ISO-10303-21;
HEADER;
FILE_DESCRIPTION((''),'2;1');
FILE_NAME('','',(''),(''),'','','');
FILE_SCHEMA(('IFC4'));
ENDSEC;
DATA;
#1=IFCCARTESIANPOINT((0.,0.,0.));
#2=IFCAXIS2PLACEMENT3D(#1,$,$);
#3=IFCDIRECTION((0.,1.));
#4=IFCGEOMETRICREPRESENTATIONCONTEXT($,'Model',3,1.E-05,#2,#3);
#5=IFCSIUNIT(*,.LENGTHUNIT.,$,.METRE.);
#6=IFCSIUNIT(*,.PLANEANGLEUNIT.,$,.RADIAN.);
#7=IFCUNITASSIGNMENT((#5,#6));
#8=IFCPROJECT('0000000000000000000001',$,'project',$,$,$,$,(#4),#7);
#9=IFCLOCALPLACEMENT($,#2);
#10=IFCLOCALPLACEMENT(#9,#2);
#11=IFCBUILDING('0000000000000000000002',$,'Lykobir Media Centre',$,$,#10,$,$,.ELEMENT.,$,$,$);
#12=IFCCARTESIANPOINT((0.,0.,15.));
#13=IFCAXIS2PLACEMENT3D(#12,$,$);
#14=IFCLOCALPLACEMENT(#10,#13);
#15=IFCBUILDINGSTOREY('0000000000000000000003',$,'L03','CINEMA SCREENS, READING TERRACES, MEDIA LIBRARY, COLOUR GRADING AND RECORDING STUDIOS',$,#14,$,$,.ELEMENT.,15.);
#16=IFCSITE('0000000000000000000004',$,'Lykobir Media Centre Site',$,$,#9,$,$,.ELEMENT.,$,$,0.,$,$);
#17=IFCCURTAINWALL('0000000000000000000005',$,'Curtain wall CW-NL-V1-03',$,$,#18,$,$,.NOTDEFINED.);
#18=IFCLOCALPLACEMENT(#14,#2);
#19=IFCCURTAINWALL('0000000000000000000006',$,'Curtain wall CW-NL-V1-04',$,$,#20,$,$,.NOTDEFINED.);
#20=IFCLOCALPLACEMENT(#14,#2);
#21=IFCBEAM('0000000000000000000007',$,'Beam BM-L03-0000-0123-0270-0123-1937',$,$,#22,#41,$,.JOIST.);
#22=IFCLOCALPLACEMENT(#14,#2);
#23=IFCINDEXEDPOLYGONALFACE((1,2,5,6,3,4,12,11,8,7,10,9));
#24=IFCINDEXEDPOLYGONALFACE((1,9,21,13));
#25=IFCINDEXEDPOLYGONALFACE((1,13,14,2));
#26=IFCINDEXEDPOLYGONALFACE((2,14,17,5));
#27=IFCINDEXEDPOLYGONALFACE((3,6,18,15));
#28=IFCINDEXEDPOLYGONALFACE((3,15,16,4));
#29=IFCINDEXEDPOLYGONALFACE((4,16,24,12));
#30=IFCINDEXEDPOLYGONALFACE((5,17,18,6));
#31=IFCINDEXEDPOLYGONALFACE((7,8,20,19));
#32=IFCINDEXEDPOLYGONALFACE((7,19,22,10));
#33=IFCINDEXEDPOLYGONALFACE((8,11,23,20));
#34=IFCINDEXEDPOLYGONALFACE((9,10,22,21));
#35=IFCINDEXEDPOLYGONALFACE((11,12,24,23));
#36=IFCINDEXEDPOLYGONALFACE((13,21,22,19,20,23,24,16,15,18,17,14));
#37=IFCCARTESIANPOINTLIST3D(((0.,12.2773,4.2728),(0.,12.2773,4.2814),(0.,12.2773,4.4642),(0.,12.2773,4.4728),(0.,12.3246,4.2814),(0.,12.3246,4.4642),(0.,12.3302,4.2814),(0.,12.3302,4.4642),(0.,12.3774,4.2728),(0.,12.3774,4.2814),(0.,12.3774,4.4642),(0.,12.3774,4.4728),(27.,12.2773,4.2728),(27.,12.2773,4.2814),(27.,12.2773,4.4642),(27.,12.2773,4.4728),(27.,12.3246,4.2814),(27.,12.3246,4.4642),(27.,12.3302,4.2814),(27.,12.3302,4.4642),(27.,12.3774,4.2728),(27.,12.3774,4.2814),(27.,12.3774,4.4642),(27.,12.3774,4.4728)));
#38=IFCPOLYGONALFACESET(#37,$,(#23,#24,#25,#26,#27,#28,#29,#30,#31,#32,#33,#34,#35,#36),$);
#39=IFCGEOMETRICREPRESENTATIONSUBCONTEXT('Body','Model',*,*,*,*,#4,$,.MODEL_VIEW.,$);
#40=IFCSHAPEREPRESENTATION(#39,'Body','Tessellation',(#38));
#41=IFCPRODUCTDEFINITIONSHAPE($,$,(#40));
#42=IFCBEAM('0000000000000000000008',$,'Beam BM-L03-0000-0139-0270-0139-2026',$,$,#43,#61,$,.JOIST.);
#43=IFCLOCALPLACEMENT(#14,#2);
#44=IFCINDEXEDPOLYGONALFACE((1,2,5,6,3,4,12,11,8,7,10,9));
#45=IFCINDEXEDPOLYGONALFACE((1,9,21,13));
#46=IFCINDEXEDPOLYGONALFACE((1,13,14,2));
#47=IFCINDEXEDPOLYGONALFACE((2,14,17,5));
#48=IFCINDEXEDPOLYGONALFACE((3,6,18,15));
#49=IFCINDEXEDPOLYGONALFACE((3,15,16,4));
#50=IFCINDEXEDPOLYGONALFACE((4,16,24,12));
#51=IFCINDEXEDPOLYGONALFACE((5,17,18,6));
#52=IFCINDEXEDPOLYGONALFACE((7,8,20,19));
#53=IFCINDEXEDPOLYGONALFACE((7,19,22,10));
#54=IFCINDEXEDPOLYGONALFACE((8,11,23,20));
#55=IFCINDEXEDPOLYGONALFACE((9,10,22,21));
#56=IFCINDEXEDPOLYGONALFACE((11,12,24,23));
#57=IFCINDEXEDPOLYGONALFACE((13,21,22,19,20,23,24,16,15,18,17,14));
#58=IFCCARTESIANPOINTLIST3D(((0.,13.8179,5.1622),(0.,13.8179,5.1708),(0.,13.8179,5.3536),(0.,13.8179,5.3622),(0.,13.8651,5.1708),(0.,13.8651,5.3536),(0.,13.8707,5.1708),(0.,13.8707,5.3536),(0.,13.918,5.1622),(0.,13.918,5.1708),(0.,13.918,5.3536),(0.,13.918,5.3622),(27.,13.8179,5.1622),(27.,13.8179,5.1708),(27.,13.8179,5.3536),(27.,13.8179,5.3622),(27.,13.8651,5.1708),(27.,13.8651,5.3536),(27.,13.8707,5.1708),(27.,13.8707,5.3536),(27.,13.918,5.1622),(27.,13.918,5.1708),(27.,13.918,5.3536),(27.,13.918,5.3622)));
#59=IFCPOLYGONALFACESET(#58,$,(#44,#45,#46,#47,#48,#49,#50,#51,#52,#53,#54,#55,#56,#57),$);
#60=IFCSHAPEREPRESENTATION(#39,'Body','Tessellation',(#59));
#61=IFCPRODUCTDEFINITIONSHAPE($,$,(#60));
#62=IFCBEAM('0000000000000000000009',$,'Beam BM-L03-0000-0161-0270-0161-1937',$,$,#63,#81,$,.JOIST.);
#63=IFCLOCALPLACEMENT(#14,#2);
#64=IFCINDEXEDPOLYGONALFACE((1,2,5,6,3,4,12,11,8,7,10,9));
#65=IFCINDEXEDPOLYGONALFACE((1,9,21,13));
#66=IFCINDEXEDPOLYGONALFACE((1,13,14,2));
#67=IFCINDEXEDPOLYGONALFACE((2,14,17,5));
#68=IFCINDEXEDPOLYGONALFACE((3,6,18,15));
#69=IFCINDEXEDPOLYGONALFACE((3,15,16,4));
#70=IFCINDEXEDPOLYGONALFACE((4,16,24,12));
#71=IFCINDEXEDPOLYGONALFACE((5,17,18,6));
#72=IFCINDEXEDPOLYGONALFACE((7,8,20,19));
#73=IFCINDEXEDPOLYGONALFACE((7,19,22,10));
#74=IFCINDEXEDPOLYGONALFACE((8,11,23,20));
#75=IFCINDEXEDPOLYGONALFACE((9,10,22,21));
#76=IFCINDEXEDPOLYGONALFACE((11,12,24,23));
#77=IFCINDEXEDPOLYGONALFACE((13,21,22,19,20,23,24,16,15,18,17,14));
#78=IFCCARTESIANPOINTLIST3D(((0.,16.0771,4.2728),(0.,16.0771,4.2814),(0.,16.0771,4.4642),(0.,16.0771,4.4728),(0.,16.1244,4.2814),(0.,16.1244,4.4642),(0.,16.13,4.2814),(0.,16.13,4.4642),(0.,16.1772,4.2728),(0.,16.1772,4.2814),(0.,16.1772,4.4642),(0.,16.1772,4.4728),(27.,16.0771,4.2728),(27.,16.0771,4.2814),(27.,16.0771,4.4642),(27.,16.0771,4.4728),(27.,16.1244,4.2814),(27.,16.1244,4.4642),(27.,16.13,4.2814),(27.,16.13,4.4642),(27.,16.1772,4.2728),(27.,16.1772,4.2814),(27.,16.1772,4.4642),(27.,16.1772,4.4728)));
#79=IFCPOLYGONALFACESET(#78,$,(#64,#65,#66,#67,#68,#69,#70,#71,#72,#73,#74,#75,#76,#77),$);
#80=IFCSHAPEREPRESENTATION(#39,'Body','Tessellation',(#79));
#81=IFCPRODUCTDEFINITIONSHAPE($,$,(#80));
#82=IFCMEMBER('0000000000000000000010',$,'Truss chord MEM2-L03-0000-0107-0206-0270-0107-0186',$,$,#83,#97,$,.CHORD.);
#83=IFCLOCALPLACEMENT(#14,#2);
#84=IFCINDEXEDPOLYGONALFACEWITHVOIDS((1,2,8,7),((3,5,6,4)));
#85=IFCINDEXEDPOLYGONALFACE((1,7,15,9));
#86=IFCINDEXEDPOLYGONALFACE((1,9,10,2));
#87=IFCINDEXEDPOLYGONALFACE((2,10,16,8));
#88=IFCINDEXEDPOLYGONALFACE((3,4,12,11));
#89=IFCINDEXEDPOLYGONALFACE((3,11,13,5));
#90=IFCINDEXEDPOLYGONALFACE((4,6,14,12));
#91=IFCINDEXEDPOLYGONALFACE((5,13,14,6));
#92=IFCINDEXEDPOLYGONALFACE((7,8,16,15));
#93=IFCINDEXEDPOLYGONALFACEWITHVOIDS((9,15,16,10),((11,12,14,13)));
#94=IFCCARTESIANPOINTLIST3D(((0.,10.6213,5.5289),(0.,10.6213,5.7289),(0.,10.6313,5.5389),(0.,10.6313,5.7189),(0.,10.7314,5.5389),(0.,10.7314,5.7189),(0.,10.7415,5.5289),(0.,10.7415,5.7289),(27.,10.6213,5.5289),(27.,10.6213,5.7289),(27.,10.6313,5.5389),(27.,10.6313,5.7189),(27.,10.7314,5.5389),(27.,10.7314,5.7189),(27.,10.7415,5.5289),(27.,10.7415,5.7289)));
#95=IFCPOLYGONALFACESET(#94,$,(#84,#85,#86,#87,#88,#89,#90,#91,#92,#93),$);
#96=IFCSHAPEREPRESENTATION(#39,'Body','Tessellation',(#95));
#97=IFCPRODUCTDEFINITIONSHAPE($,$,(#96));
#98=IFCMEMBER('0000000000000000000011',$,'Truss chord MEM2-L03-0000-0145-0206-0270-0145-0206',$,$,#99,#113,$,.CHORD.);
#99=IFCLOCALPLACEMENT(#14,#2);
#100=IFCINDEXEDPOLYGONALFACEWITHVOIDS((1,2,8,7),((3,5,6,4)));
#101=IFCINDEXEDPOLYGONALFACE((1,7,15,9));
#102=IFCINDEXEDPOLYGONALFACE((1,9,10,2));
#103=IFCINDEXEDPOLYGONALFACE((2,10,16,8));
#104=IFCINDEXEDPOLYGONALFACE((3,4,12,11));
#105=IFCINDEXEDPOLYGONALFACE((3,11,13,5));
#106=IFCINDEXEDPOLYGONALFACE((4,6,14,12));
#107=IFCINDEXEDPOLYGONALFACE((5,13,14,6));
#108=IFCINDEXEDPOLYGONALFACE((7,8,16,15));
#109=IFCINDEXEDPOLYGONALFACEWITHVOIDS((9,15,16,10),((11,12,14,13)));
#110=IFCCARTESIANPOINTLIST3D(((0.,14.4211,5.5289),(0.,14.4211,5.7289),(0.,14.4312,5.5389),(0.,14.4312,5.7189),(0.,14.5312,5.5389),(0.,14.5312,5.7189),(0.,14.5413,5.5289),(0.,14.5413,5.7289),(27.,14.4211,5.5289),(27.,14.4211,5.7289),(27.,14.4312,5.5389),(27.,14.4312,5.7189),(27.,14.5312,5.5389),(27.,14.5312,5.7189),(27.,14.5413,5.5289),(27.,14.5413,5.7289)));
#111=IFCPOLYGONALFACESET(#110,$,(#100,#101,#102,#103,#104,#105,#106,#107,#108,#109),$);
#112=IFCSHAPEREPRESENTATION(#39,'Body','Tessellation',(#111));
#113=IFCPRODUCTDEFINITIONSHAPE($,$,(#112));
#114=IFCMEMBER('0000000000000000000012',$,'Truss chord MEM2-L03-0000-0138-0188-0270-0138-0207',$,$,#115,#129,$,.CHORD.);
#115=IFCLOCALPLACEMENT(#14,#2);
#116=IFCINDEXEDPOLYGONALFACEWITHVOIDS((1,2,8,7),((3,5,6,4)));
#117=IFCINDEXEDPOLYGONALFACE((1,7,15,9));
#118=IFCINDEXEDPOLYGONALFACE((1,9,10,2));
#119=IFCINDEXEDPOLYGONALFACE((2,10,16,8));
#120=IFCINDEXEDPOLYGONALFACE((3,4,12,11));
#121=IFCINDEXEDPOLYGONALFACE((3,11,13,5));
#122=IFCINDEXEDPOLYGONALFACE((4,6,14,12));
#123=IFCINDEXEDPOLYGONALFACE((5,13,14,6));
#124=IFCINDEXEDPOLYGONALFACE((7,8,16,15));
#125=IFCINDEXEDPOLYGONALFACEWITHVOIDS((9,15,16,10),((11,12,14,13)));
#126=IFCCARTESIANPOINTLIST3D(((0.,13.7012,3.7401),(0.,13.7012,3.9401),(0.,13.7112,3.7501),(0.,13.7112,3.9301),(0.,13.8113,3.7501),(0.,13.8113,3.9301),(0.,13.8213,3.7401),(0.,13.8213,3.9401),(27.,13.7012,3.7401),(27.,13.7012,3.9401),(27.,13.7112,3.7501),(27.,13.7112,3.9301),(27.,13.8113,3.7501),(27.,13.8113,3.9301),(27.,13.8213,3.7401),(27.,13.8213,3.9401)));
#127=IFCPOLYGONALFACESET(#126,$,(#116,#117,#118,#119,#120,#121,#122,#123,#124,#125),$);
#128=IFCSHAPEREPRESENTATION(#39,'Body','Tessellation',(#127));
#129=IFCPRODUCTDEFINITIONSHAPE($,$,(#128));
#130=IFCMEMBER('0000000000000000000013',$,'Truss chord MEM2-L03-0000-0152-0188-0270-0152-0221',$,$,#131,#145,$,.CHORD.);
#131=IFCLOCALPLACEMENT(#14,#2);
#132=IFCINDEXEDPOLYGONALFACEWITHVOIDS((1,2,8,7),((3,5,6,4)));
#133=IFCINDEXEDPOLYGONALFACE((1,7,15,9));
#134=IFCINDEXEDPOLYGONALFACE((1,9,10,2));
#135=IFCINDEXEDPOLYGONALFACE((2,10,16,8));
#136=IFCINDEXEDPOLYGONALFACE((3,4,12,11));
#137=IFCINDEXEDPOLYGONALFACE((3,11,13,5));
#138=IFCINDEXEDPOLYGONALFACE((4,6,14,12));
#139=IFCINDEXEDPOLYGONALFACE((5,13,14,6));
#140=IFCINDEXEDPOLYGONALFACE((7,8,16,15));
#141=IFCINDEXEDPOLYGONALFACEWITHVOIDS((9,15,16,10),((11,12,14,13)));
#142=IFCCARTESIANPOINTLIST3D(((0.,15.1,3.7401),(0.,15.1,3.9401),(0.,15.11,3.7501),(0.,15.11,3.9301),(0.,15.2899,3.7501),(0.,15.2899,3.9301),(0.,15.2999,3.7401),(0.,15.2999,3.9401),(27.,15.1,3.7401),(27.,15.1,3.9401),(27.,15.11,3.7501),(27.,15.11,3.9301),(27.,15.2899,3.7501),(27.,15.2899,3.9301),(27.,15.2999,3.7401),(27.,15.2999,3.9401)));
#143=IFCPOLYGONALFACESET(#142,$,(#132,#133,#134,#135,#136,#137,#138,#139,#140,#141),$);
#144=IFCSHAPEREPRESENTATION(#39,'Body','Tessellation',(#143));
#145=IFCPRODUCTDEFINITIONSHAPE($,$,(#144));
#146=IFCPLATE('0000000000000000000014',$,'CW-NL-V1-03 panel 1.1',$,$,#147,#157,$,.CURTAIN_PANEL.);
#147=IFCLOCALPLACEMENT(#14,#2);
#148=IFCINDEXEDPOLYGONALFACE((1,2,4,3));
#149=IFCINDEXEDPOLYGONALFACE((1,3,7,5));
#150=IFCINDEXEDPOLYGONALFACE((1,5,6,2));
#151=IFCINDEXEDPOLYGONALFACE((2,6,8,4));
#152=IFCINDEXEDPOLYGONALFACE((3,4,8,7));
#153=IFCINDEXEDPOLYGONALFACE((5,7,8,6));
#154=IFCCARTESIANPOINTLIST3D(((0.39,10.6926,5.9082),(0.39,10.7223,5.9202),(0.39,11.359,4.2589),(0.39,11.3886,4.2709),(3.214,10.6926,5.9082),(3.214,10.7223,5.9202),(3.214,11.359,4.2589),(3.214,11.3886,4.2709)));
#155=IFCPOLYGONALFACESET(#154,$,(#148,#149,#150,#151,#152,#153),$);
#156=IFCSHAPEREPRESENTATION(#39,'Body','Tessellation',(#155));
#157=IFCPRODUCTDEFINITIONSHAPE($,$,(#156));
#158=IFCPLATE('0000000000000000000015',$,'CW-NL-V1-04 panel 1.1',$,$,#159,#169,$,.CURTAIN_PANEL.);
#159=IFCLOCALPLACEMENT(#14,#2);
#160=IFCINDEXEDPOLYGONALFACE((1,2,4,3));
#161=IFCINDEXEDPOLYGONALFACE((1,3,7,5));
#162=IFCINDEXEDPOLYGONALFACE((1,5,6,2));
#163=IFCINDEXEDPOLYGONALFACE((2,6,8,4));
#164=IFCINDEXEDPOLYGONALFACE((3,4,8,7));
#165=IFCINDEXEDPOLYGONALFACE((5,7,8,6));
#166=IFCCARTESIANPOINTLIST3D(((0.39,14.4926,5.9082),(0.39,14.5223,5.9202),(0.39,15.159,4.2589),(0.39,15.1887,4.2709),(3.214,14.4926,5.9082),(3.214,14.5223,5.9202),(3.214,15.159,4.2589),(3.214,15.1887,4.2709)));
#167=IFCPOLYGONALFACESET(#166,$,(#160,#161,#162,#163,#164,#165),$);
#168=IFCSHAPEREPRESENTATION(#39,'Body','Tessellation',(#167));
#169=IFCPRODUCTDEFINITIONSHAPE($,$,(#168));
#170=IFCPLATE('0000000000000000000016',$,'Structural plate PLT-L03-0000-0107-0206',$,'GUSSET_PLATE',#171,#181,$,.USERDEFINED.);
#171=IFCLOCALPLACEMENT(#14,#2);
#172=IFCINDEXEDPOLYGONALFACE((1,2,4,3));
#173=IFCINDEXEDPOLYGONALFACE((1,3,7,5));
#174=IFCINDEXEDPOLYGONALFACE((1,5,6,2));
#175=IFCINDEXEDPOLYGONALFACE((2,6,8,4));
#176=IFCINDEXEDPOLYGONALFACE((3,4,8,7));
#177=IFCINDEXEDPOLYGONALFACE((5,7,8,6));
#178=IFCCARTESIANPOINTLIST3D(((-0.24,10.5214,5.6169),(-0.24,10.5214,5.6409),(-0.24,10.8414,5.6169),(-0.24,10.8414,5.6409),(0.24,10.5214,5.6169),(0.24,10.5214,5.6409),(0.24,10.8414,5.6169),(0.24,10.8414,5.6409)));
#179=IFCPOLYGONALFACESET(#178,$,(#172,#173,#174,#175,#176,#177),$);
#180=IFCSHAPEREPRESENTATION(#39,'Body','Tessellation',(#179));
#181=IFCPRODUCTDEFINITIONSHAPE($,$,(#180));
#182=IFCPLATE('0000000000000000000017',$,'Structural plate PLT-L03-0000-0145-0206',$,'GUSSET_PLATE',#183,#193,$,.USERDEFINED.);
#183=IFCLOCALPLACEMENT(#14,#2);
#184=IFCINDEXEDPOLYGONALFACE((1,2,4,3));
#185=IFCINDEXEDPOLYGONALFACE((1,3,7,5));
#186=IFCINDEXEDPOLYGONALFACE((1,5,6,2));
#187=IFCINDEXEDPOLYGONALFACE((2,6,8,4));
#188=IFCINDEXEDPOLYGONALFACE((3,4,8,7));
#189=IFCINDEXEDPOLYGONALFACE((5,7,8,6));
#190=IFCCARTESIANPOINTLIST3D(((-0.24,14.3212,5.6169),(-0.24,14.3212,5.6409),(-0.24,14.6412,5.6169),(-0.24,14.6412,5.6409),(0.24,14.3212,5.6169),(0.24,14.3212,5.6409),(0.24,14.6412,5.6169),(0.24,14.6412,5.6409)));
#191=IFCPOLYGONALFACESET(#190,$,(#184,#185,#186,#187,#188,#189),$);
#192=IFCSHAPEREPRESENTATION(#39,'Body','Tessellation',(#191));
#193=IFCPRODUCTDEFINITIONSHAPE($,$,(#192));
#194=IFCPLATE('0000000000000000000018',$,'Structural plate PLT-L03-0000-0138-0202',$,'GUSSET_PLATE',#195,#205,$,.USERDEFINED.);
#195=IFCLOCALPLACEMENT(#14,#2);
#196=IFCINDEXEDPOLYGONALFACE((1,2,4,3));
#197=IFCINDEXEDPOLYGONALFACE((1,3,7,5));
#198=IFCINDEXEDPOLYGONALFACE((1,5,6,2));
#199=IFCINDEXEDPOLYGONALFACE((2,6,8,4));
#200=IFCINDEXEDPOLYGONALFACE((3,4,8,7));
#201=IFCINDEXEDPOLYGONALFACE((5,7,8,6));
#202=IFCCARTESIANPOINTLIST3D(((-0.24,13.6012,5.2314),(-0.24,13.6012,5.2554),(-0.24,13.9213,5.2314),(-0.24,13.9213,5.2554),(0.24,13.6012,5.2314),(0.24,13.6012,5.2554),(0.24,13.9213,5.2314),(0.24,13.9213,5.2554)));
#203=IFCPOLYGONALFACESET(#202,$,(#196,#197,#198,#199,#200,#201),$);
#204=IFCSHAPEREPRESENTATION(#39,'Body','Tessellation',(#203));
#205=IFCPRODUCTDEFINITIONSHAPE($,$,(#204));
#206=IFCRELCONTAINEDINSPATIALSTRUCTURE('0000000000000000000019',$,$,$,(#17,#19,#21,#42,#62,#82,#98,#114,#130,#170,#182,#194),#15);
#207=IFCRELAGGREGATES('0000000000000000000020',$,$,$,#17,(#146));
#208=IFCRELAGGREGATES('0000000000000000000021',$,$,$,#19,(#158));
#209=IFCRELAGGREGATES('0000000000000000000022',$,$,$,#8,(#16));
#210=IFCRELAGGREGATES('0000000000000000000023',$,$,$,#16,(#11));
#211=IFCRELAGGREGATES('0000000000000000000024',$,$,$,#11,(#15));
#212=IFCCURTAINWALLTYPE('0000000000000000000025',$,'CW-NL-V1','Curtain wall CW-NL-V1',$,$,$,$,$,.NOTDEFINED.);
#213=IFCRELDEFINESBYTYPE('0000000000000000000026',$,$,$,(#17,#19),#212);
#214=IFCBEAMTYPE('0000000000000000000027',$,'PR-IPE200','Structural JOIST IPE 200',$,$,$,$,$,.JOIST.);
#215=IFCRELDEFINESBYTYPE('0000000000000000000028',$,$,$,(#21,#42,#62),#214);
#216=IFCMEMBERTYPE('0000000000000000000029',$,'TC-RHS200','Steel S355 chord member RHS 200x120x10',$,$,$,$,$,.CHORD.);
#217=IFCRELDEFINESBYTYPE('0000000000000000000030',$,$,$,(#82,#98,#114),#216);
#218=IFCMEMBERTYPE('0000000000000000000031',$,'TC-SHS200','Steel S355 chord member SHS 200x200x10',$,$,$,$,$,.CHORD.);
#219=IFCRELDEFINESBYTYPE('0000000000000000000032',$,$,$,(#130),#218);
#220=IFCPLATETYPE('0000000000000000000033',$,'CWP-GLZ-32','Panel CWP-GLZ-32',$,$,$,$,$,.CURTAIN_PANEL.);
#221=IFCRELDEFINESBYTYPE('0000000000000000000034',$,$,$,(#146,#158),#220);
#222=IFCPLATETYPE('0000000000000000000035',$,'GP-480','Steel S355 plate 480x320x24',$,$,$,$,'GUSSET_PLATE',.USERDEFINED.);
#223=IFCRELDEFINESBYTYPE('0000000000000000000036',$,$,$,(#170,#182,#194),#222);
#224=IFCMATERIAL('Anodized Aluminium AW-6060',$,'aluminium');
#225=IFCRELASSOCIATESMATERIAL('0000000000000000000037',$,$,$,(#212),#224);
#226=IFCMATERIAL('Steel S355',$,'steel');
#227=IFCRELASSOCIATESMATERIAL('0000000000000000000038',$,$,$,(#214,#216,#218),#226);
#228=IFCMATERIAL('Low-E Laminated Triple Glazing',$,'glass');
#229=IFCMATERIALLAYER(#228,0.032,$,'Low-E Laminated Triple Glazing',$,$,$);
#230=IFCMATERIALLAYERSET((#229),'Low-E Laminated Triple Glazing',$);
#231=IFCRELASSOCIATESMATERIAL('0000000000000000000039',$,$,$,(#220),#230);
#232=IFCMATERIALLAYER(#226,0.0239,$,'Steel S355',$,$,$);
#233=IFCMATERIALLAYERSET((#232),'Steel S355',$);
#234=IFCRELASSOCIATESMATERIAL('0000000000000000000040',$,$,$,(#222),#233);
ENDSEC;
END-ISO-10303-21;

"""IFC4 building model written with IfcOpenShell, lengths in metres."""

from ifc_helpers import new_model, si_unit, direction, frame, origin, origin_2d, place, context, subcontext, project, spatial, rectangle, hollow_rectangle, i_section, extrude, material, layer, layer_set, material_profile, profile_set, type_object, element, aggregate, save


model = new_model("IFC4")

# Units and contexts
model_context = context("Model", 3, precision=1e-05, world=origin(), true_north=direction((0.0, 1.0)))
body_context = subcontext(model_context, "Body", "Model", "MODEL_VIEW")
ifc_project = project(units=[si_unit("LENGTHUNIT", "METRE"), si_unit("PLANEANGLEUNIT", "RADIAN")], contexts=[model_context])

# Site, building, storey
site_placement = place(None, origin())
site = spatial("IfcSite", under=ifc_project, at=site_placement, Name="Lykobir Media Centre Site", CompositionType="ELEMENT", RefElevation=0.0)
building_placement = place(site_placement, origin())
building = spatial("IfcBuilding", under=site, at=building_placement, Name="Lykobir Media Centre", CompositionType="ELEMENT")
storey_placement = place(building_placement, frame((0.0, 0.0, 15.0)))
storey = spatial("IfcBuildingStorey", under=building, at=storey_placement, Name="L03", Description="CINEMA SCREENS, READING TERRACES, MEDIA LIBRARY, COLOUR GRADING AND RECORDING STUDIOS", CompositionType="ELEMENT", Elevation=15.0)

# Shared definitions
ifc_material_1 = material(Name="Steel S355", Category="steel")

# Curtain walls
ifc_material_2 = material(Name="Anodized Aluminium AW-6060", Category="aluminium")
curtain_wall_type = type_object("IfcCurtainWallType", Name="CW-NL-V1", Description="Curtain wall CW-NL-V1", PredefinedType="NOTDEFINED", material=ifc_material_2)
curtain_wall_1_placement = place(storey_placement, origin())
curtain_wall_1 = element("IfcCurtainWall", 1, at=curtain_wall_1_placement, inside=storey, type_object=curtain_wall_type, Name="Curtain wall CW-NL-V1-03", PredefinedType="NOTDEFINED")
curtain_wall_2_placement = place(storey_placement, origin())
curtain_wall_2 = element("IfcCurtainWall", 2, at=curtain_wall_2_placement, inside=storey, type_object=curtain_wall_type, Name="Curtain wall CW-NL-V1-04", PredefinedType="NOTDEFINED")

# Beams
ifc_material_profile_1 = material_profile(ifc_material_1, i_section(OverallWidth=0.1001, OverallDepth=0.2, WebThickness=0.0056, FlangeThickness=0.0085, at=origin_2d()), Name="IPE 200")
ifc_profile_set_1 = profile_set([ifc_material_profile_1], Name="Steel S355")
beam_type = type_object("IfcBeamType", Name="PR-IPE200", Description="Structural JOIST IPE 200", PredefinedType="JOIST", material=ifc_profile_set_1)
for number, where, z_axis, x_axis, name in (
    (3, (0.0, 12.3274, 4.3728), (1.0, 0.0, 0.0), (0.0, 1.0, 0.0), "Beam BM-L03-0000-0123-0270-0123-1937"),
    (4, (0.0, 13.8679, 5.2622), (1.0, 0.0, 0.0), (0.0, 1.0, 0.0), "Beam BM-L03-0000-0139-0270-0139-2026"),
    (5, (0.0, 16.1272, 4.3728), (1.0, 0.0, 0.0), (0.0, 1.0, 0.0), "Beam BM-L03-0000-0161-0270-0161-1937"),
):
    element("IfcBeam", number, at=place(storey_placement, frame(where, z_axis=z_axis, x_axis=x_axis)), inside=storey, type_object=beam_type, Name=name, PredefinedType="JOIST", context=body_context, shape_type="SweptSolid", body=[
        extrude(i_section(OverallWidth=0.1001, OverallDepth=0.2, WebThickness=0.0056, FlangeThickness=0.0085, at=origin_2d()), origin(), (0.0, 0.0, 1.0), 27.0),
    ])

# Members
ifc_material_profile_2 = material_profile(ifc_material_1, hollow_rectangle(XDim=0.1201, YDim=0.2, WallThickness=0.01, at=origin_2d()), Name="RHS 200x120x10")
ifc_profile_set_2 = profile_set([ifc_material_profile_2], Name="Steel S355")
member_type_1 = type_object("IfcMemberType", Name="TC-RHS200", Description="Steel S355 chord member RHS 200x120x10", PredefinedType="CHORD", material=ifc_profile_set_2)
for number, where, z_axis, x_axis, name in (
    (6, (0.0, 10.6814, 5.6289), (1.0, 0.0, 0.0), (0.0, 1.0, 0.0), "Truss chord MEM2-L03-0000-0107-0206-0270-0107-0186"),
    (7, (0.0, 14.4812, 5.6289), (1.0, 0.0, 0.0), (0.0, 1.0, 0.0), "Truss chord MEM2-L03-0000-0145-0206-0270-0145-0206"),
    (8, (0.0, 13.7612, 3.8401), (1.0, 0.0, 0.0), (0.0, 1.0, 0.0), "Truss chord MEM2-L03-0000-0138-0188-0270-0138-0207"),
):
    element("IfcMember", number, at=place(storey_placement, frame(where, z_axis=z_axis, x_axis=x_axis)), inside=storey, type_object=member_type_1, Name=name, PredefinedType="CHORD", context=body_context, shape_type="SweptSolid", body=[
        extrude(hollow_rectangle(XDim=0.1201, YDim=0.2, WallThickness=0.01, at=origin_2d()), origin(), (0.0, 0.0, 1.0), 27.0),
    ])
ifc_material_profile_3 = material_profile(ifc_material_1, hollow_rectangle(XDim=0.2, YDim=0.2, WallThickness=0.01, at=origin_2d()), Name="SHS 200x200x10")
ifc_profile_set_3 = profile_set([ifc_material_profile_3], Name="Steel S355")
member_type_2 = type_object("IfcMemberType", Name="TC-SHS200", Description="Steel S355 chord member SHS 200x200x10", PredefinedType="CHORD", material=ifc_profile_set_3)
member_1_placement = place(storey_placement, frame((0.0, 15.2, 3.8401), z_axis=(1.0, 0.0, 0.0), x_axis=(0.0, 1.0, 0.0)))
element("IfcMember", 9, at=member_1_placement, inside=storey, type_object=member_type_2, Name="Truss chord MEM2-L03-0000-0152-0188-0270-0152-0221", PredefinedType="CHORD", context=body_context, shape_type="SweptSolid", body=[
    extrude(hollow_rectangle(XDim=0.2, YDim=0.2, WallThickness=0.01, at=origin_2d()), origin(), (0.0, 0.0, 1.0), 27.0),
])

# Plates
ifc_material_3 = material(Name="Low-E Laminated Triple Glazing", Category="glass")
ifc_layer_1 = layer(ifc_material_3, 0.032, Name="Low-E Laminated Triple Glazing")
ifc_layer_set_1 = layer_set([ifc_layer_1], Name="Low-E Laminated Triple Glazing")
plate_type_1 = type_object("IfcPlateType", Name="CWP-GLZ-32", Description="Panel CWP-GLZ-32", PredefinedType="CURTAIN_PANEL", material=ifc_layer_set_1)
plate_1_placement = place(storey_placement, frame((1.802, 11.3738, 4.2649), z_axis=(0.0, -0.374607, 0.927184), x_axis=(1.0, 0.0, 0.0)))
plate_1 = element("IfcPlate", 10, at=plate_1_placement, type_object=plate_type_1, Name="CW-NL-V1-03 panel 1.1", PredefinedType="CURTAIN_PANEL", context=body_context, shape_type="SweptSolid", body=[
    extrude(rectangle(XDim=2.824, YDim=0.032, at=origin_2d()), origin(), (0.0, 0.0, 1.0), 1.7788),
])
aggregate(curtain_wall_1, [plate_1])
plate_2_placement = place(storey_placement, frame((1.802, 15.1738, 4.2649), z_axis=(0.0, -0.374607, 0.927184), x_axis=(1.0, 0.0, 0.0)))
plate_2 = element("IfcPlate", 11, at=plate_2_placement, type_object=plate_type_1, Name="CW-NL-V1-04 panel 1.1", PredefinedType="CURTAIN_PANEL", context=body_context, shape_type="SweptSolid", body=[
    extrude(rectangle(XDim=2.824, YDim=0.032, at=origin_2d()), origin(), (0.0, 0.0, 1.0), 1.7788),
])
aggregate(curtain_wall_2, [plate_2])

# Plates
ifc_layer_2 = layer(ifc_material_1, 0.0239, Name="Steel S355")
ifc_layer_set_2 = layer_set([ifc_layer_2], Name="Steel S355")
plate_type_2 = type_object("IfcPlateType", Name="GP-480", Description="Steel S355 plate 480x320x24", ElementType="GUSSET_PLATE", PredefinedType="USERDEFINED", material=ifc_layer_set_2)
for number, where, z_axis, x_axis, name in (
    (12, (0.0, 10.6814, 5.6169), (0.0, 0.0, 1.0), (1.0, 0.0, 0.0), "Structural plate PLT-L03-0000-0107-0206"),
    (13, (0.0, 14.4812, 5.6169), (0.0, 0.0, 1.0), (1.0, 0.0, 0.0), "Structural plate PLT-L03-0000-0145-0206"),
    (14, (0.0, 13.7612, 5.2314), (0.0, 0.0, 1.0), (1.0, 0.0, 0.0), "Structural plate PLT-L03-0000-0138-0202"),
):
    element("IfcPlate", number, at=place(storey_placement, frame(where, z_axis=z_axis, x_axis=x_axis)), inside=storey, type_object=plate_type_2, Name=name, ObjectType="GUSSET_PLATE", PredefinedType="USERDEFINED", context=body_context, shape_type="SweptSolid", body=[
        extrude(rectangle(XDim=0.48, YDim=0.3201, at=origin_2d()), origin(), (0.0, 0.0, 1.0), 0.0239),
    ])

save(model, "model.ifc")
